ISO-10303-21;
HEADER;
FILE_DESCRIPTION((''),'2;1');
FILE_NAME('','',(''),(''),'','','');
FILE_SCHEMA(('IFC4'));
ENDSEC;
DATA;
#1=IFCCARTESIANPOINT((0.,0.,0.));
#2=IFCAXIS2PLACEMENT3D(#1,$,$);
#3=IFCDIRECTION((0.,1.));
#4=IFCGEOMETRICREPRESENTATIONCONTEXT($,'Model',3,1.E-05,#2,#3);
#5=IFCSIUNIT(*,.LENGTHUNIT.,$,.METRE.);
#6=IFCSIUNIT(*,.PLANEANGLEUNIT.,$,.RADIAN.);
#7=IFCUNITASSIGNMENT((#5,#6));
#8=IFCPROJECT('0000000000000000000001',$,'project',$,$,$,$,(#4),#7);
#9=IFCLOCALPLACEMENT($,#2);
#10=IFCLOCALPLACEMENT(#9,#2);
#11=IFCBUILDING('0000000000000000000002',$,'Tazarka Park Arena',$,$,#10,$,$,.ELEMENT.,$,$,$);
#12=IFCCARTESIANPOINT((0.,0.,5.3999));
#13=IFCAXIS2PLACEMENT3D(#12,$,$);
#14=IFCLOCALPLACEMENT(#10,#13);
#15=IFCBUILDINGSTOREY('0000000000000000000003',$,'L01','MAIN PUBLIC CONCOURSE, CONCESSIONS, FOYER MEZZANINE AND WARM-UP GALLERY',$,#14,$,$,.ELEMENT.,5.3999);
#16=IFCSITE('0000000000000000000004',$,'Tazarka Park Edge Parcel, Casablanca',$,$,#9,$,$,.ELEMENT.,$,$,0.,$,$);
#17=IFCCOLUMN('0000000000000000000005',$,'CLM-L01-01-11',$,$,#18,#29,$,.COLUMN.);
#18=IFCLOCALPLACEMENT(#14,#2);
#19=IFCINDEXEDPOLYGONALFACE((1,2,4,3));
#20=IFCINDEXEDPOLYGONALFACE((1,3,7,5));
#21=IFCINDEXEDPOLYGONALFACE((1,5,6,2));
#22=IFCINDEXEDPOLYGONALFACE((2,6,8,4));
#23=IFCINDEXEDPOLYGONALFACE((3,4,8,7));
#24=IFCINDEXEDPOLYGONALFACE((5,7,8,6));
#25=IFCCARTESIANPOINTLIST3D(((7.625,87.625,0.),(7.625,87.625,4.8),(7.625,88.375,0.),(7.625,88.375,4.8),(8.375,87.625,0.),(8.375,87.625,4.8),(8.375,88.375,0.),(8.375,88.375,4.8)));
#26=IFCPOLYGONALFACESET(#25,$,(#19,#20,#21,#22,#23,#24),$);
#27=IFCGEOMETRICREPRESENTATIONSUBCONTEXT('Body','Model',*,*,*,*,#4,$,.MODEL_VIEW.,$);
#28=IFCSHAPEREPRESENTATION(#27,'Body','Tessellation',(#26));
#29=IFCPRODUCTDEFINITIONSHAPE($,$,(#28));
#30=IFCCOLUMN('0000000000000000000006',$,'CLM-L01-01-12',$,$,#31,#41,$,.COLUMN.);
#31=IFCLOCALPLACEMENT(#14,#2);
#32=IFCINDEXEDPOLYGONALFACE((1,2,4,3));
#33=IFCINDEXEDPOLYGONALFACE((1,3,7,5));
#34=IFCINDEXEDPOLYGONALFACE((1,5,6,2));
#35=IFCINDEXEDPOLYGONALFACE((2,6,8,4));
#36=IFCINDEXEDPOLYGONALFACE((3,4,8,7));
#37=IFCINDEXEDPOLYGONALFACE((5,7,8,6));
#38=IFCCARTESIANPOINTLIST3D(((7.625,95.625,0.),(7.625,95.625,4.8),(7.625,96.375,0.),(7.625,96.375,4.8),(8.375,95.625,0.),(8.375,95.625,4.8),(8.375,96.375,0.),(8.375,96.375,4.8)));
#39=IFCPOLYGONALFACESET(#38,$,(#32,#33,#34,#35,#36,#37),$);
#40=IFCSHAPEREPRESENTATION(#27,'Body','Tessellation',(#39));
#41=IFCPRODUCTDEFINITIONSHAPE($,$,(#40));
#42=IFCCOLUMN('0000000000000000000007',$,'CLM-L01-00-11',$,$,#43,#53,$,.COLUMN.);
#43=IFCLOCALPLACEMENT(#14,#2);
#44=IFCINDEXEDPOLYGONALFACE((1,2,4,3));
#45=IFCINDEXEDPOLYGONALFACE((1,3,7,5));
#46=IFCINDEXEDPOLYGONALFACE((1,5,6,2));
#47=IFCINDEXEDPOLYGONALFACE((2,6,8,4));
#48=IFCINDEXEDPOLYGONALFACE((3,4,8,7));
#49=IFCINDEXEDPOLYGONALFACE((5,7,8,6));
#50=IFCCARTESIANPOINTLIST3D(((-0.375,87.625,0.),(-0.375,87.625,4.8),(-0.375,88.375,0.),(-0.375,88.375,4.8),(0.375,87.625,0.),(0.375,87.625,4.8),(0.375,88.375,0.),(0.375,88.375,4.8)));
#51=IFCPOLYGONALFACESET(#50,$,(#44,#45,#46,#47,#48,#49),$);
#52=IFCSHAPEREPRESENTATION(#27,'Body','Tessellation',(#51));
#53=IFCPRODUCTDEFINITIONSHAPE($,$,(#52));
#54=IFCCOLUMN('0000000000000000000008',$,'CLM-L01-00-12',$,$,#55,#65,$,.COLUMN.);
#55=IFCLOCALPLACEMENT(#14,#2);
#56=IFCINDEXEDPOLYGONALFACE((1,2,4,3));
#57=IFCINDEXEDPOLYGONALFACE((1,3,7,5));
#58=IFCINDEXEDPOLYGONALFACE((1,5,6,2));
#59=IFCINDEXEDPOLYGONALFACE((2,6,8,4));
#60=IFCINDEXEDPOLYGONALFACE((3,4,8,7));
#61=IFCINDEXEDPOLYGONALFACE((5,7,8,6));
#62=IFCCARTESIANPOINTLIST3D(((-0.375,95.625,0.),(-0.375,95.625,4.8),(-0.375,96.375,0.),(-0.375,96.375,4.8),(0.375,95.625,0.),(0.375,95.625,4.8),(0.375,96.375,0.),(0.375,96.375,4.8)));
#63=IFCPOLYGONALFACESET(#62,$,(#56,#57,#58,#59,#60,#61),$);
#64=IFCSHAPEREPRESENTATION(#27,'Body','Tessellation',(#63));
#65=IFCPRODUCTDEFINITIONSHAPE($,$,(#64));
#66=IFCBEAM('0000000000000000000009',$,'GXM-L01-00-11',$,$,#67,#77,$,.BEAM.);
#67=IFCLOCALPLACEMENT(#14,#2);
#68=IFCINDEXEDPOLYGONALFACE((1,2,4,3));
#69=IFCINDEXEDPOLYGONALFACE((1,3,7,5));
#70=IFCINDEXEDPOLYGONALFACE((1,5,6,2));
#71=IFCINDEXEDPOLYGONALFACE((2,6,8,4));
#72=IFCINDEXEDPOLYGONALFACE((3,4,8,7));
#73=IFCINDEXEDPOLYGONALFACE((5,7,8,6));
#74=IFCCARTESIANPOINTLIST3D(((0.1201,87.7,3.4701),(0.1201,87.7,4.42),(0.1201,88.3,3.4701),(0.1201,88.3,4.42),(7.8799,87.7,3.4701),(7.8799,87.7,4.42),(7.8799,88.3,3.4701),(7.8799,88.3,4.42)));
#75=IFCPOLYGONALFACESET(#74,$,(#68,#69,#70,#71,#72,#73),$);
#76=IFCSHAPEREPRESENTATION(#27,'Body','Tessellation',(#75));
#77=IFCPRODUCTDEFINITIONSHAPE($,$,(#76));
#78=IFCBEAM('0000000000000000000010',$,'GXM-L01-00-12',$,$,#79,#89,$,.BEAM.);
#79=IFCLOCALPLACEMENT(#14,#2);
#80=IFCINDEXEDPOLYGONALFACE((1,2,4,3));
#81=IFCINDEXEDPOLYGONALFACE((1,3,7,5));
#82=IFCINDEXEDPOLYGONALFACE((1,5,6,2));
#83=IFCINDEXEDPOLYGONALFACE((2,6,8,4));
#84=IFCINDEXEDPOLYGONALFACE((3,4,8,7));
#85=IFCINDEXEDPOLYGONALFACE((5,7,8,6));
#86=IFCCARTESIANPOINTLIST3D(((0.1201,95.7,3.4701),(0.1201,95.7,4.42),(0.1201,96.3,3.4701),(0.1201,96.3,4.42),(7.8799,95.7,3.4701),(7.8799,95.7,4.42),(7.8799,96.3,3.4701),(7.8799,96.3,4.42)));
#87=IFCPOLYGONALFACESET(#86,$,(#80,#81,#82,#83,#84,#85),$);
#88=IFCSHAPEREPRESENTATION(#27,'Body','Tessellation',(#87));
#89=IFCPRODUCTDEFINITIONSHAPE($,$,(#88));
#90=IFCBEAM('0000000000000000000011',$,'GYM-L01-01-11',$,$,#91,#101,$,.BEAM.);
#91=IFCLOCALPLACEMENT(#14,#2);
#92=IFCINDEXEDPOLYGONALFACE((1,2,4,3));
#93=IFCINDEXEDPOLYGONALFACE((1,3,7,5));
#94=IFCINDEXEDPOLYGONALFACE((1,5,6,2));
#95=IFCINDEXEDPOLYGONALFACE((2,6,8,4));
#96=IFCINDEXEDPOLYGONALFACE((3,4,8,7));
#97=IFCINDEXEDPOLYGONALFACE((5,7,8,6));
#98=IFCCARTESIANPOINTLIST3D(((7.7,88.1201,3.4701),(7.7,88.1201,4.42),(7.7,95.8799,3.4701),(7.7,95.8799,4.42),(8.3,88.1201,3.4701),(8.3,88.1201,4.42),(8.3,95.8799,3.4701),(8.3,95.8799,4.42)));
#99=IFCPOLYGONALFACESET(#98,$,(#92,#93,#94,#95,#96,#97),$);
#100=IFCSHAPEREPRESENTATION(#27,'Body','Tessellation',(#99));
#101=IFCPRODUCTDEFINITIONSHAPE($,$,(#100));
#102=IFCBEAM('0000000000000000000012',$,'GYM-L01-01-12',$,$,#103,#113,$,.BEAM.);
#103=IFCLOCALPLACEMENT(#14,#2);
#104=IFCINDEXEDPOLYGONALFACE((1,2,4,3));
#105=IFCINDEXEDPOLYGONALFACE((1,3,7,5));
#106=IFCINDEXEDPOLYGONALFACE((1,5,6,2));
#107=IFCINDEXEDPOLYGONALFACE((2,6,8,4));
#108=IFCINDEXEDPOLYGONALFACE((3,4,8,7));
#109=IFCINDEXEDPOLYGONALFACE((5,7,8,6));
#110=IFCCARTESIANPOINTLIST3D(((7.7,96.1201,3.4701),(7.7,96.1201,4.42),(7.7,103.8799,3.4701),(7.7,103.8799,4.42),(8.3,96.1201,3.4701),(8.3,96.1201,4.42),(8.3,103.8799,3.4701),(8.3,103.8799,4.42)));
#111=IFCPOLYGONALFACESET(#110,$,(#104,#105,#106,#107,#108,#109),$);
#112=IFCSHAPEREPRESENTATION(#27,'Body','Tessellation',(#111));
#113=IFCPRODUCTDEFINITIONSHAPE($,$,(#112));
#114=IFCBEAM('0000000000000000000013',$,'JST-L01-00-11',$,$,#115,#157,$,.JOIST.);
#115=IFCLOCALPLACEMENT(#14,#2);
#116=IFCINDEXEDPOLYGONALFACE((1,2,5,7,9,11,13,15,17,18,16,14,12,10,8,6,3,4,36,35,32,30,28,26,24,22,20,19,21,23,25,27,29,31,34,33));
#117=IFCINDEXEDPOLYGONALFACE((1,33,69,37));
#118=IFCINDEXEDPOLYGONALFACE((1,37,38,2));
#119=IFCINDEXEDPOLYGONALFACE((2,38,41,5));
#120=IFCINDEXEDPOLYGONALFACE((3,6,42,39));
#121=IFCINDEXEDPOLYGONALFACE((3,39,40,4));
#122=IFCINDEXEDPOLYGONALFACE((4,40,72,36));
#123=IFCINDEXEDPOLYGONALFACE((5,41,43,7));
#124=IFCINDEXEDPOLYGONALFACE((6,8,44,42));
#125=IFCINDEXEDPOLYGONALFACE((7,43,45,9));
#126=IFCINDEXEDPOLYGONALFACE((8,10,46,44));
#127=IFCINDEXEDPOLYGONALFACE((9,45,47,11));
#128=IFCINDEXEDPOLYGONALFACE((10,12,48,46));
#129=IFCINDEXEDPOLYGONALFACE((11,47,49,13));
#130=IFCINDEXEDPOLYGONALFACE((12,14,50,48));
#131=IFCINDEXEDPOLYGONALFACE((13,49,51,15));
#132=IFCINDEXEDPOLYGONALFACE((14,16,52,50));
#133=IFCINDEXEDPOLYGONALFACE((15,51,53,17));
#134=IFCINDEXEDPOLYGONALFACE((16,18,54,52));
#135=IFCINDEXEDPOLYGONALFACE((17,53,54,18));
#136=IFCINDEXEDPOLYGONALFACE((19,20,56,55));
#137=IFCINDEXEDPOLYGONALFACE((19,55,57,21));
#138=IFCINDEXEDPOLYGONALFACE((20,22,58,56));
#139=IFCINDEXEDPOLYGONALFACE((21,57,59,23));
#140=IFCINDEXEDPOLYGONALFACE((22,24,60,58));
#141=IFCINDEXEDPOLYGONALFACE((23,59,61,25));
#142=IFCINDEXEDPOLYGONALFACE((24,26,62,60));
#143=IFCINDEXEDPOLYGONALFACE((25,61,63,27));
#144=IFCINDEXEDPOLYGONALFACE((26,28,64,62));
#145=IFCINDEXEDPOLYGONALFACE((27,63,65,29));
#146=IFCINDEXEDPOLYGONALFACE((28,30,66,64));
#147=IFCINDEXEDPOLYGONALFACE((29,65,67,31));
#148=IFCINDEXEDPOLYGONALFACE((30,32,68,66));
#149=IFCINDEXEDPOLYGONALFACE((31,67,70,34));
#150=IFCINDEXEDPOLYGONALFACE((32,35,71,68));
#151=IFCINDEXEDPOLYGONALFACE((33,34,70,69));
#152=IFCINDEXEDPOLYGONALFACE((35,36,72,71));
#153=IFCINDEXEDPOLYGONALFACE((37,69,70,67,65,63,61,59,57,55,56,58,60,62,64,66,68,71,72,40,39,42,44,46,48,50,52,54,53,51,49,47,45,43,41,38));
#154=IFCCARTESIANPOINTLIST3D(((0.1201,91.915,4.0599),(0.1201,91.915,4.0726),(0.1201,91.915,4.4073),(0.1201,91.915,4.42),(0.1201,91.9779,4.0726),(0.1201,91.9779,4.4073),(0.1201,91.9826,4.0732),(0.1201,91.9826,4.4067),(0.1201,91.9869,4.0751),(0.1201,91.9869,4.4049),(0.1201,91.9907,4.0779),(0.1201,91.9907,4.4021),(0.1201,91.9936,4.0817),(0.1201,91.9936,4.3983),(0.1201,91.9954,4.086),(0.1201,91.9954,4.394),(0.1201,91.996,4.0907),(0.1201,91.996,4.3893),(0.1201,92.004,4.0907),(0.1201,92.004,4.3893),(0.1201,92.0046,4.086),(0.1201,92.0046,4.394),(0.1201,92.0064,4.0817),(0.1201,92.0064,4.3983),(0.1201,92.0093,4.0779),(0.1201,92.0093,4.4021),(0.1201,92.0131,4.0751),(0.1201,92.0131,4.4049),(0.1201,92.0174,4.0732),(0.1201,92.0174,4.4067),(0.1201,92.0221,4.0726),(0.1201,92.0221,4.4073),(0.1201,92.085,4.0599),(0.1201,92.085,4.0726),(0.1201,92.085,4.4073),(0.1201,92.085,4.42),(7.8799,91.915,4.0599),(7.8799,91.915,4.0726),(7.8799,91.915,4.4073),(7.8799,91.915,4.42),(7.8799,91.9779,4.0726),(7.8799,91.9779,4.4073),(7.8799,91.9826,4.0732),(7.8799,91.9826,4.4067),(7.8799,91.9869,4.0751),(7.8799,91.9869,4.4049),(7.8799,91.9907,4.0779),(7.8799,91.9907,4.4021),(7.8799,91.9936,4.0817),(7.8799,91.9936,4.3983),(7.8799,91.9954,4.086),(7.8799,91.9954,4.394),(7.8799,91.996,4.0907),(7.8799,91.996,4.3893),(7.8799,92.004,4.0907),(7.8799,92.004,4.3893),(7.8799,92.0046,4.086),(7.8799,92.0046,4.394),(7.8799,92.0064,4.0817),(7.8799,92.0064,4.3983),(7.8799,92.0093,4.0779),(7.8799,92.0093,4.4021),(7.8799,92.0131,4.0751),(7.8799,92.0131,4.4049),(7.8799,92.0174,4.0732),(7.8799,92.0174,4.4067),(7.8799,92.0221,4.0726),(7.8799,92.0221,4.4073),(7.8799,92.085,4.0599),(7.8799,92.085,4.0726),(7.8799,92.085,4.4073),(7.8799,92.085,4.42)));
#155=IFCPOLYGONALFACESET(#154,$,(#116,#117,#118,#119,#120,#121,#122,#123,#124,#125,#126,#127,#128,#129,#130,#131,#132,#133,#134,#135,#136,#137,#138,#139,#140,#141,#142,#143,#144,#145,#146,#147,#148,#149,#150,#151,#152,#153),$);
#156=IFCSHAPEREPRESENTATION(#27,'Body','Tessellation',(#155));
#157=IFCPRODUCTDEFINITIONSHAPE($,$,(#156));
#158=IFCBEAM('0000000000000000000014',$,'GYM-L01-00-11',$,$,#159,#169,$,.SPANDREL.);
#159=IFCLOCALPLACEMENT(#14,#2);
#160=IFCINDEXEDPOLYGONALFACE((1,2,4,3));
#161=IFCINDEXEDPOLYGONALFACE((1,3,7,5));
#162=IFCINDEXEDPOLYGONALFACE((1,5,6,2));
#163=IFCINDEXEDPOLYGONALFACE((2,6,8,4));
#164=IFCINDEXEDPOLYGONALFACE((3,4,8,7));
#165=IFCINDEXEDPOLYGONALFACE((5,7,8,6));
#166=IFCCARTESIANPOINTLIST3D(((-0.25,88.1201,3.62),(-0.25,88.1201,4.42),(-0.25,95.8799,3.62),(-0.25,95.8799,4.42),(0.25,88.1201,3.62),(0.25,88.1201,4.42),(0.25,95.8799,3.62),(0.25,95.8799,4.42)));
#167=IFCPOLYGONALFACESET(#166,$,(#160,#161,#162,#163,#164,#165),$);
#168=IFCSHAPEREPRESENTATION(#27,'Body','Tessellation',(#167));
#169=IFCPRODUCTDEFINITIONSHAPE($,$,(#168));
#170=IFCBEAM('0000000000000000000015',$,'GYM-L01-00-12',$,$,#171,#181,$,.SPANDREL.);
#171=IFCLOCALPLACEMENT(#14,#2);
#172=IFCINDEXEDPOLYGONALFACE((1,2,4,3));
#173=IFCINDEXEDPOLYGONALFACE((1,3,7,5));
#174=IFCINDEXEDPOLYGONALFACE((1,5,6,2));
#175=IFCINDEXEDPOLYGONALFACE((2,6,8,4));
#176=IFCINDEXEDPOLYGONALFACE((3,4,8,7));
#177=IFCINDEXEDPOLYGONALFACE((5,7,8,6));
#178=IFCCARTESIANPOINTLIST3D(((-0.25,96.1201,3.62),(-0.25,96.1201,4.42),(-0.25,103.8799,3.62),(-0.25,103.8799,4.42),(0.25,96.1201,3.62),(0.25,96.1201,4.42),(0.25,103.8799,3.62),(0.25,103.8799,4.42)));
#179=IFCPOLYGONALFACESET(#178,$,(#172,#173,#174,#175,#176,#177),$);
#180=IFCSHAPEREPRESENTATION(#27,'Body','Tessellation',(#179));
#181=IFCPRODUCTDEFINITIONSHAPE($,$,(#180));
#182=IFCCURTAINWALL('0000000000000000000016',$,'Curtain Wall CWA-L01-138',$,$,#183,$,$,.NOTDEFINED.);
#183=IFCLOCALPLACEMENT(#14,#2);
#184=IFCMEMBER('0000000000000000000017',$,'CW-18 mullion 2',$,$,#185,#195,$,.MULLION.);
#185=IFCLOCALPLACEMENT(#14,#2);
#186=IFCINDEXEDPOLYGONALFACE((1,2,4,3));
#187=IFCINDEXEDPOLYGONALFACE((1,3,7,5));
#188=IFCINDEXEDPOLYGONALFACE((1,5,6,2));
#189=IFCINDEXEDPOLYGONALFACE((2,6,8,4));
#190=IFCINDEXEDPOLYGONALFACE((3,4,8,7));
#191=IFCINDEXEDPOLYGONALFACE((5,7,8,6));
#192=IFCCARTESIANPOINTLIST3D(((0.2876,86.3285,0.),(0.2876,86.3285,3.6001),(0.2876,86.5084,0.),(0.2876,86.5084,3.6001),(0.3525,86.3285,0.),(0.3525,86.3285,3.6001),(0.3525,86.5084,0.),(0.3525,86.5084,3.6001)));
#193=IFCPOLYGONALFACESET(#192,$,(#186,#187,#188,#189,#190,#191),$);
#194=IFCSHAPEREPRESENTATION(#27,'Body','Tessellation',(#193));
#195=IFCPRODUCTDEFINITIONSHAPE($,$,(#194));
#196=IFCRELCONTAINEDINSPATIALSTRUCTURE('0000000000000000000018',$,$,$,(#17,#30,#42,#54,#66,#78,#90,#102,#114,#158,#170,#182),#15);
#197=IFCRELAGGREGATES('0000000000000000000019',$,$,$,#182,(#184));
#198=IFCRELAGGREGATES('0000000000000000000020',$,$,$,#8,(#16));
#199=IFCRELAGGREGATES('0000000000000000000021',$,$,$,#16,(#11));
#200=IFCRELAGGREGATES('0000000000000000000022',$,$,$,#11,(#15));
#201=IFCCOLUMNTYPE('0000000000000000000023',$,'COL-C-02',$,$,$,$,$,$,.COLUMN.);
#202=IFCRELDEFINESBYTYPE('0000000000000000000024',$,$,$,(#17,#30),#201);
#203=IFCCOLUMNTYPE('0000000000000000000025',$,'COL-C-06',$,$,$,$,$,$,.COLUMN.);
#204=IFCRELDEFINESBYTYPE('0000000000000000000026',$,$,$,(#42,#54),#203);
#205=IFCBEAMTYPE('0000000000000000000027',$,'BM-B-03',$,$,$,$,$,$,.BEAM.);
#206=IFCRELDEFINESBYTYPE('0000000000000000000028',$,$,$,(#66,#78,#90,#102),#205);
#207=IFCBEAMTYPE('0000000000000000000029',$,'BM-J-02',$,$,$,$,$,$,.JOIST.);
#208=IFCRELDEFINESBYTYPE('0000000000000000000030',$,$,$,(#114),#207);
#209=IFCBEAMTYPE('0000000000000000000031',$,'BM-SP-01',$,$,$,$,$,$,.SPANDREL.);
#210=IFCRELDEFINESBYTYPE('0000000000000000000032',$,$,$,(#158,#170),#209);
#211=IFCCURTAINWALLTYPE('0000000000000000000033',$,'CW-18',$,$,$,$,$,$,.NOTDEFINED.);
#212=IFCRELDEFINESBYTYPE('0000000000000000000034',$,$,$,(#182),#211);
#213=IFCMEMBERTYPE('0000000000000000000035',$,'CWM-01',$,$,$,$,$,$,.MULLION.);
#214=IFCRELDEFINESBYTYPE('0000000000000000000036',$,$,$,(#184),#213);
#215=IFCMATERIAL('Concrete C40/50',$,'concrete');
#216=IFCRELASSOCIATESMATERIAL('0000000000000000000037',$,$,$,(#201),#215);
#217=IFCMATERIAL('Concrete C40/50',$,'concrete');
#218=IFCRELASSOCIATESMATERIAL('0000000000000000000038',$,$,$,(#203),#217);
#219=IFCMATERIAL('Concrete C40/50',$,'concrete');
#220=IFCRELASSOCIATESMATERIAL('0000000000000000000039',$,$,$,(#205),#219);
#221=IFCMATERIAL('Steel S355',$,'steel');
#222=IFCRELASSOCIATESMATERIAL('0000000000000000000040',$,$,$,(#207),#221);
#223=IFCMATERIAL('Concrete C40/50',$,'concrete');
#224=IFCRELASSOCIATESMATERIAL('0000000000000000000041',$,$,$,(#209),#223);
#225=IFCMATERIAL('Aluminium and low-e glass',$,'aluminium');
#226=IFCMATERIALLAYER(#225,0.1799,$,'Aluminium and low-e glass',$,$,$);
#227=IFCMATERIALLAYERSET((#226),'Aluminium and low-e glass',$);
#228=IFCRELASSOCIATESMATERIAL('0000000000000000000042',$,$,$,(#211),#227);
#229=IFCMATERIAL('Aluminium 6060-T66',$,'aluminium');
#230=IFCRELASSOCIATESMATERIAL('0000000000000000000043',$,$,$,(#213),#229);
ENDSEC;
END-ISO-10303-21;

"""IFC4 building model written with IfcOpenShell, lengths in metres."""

from ifc_helpers import new_model, si_unit, direction, frame, origin, origin_2d, place, context, subcontext, project, spatial, rectangle, i_section, extrude, material, layer, layer_set, material_profile, profile_set, type_object, element, aggregate, save


model = new_model("IFC4")

# Units and contexts
model_context = context("Model", 3, precision=1e-05, world=origin(), true_north=direction((0.0, 1.0)))
body_context = subcontext(model_context, "Body", "Model", "MODEL_VIEW")
ifc_project = project(units=[si_unit("LENGTHUNIT", "METRE"), si_unit("PLANEANGLEUNIT", "RADIAN")], contexts=[model_context])

# Site, building, storey
site_placement = place(None, origin())
site = spatial("IfcSite", under=ifc_project, at=site_placement, Name="Tazarka Park Edge Parcel, Casablanca", CompositionType="ELEMENT", RefElevation=0.0)
building_placement = place(site_placement, origin())
building = spatial("IfcBuilding", under=site, at=building_placement, Name="Tazarka Park Arena", CompositionType="ELEMENT")
storey_placement = place(building_placement, frame((0.0, 0.0, 5.3999)))
storey = spatial("IfcBuildingStorey", under=building, at=storey_placement, Name="L01", Description="MAIN PUBLIC CONCOURSE, CONCESSIONS, FOYER MEZZANINE AND WARM-UP GALLERY", CompositionType="ELEMENT", Elevation=5.3999)

# Columns
ifc_material_1 = material(Name="Concrete C40/50", Category="concrete")
ifc_material_profile_1 = material_profile(ifc_material_1, rectangle(XDim=0.75, YDim=0.75, at=origin_2d()), Name="Concrete C40/50")
ifc_profile_set_1 = profile_set([ifc_material_profile_1], Name="Concrete C40/50")
column_type_1 = type_object("IfcColumnType", Name="COL-C-02", PredefinedType="COLUMN", material=ifc_profile_set_1)
for number, where, z_axis, x_axis, name in (
    (1, (8.0, 88.0, 0.0), (0.0, 0.0, 1.0), (1.0, 0.0, 0.0), "CLM-L01-01-11"),
    (2, (8.0, 96.0, 0.0), (0.0, 0.0, 1.0), (1.0, 0.0, 0.0), "CLM-L01-01-12"),
):
    element("IfcColumn", number, at=place(storey_placement, frame(where, z_axis=z_axis, x_axis=x_axis)), inside=storey, type_object=column_type_1, Name=name, PredefinedType="COLUMN", context=body_context, shape_type="SweptSolid", body=[
        extrude(rectangle(XDim=0.75, YDim=0.75, at=origin_2d()), origin(), (0.0, 0.0, 1.0), 4.8),
    ])
ifc_material_2 = material(Name="Concrete C40/50", Category="concrete")
ifc_material_profile_2 = material_profile(ifc_material_2, rectangle(XDim=0.75, YDim=0.75, at=origin_2d()), Name="Concrete C40/50")
ifc_profile_set_2 = profile_set([ifc_material_profile_2], Name="Concrete C40/50")
column_type_2 = type_object("IfcColumnType", Name="COL-C-06", PredefinedType="COLUMN", material=ifc_profile_set_2)
for number, where, z_axis, x_axis, name in (
    (3, (0.0, 88.0, 0.0), (0.0, 0.0, 1.0), (1.0, 0.0, 0.0), "CLM-L01-00-11"),
    (4, (0.0, 96.0, 0.0), (0.0, 0.0, 1.0), (1.0, 0.0, 0.0), "CLM-L01-00-12"),
):
    element("IfcColumn", number, at=place(storey_placement, frame(where, z_axis=z_axis, x_axis=x_axis)), inside=storey, type_object=column_type_2, Name=name, PredefinedType="COLUMN", context=body_context, shape_type="SweptSolid", body=[
        extrude(rectangle(XDim=0.75, YDim=0.75, at=origin_2d()), origin(), (0.0, 0.0, 1.0), 4.8),
    ])

# Beams
ifc_material_3 = material(Name="Concrete C40/50", Category="concrete")
ifc_material_profile_3 = material_profile(ifc_material_3, rectangle(XDim=0.6001, YDim=0.95, at=origin_2d()), Name="Concrete C40/50")
ifc_profile_set_3 = profile_set([ifc_material_profile_3], Name="Concrete C40/50")
beam_type_1 = type_object("IfcBeamType", Name="BM-B-03", PredefinedType="BEAM", material=ifc_profile_set_3)
for number, where, z_axis, x_axis, name in (
    (5, (0.1201, 88.0, 3.9451), (1.0, 0.0, 0.0), (0.0, 1.0, 0.0), "GXM-L01-00-11"),
    (6, (0.1201, 96.0, 3.9451), (1.0, 0.0, 0.0), (0.0, 1.0, 0.0), "GXM-L01-00-12"),
    (7, (8.0, 88.1201, 3.9451), (0.0, 1.0, 0.0), (-1.0, 0.0, 0.0), "GYM-L01-01-11"),
    (8, (8.0, 96.1201, 3.9451), (0.0, 1.0, 0.0), (-1.0, 0.0, 0.0), "GYM-L01-01-12"),
):
    element("IfcBeam", number, at=place(storey_placement, frame(where, z_axis=z_axis, x_axis=x_axis)), inside=storey, type_object=beam_type_1, Name=name, PredefinedType="BEAM", context=body_context, shape_type="SweptSolid", body=[
        extrude(rectangle(XDim=0.6001, YDim=0.95, at=origin_2d()), origin(), (0.0, 0.0, 1.0), 7.7598),
    ])
ifc_material_4 = material(Name="Steel S355", Category="steel")
ifc_material_profile_4 = material_profile(ifc_material_4, i_section(OverallWidth=0.1699, OverallDepth=0.3601, WebThickness=0.0081, FlangeThickness=0.0127, FilletRadius=0.0181, at=origin_2d()), Name="Steel S355")
ifc_profile_set_4 = profile_set([ifc_material_profile_4], Name="Steel S355")
beam_type_2 = type_object("IfcBeamType", Name="BM-J-02", PredefinedType="JOIST", material=ifc_profile_set_4)
beam_placement = place(storey_placement, frame((0.1201, 92.0, 4.24), z_axis=(1.0, 0.0, 0.0), x_axis=(0.0, 1.0, 0.0)))
element("IfcBeam", 9, at=beam_placement, inside=storey, type_object=beam_type_2, Name="JST-L01-00-11", PredefinedType="JOIST", context=body_context, shape_type="SweptSolid", body=[
    extrude(i_section(OverallWidth=0.1699, OverallDepth=0.3601, WebThickness=0.0081, FlangeThickness=0.0127, FilletRadius=0.0181, at=origin_2d()), origin(), (0.0, 0.0, 1.0), 7.7598),
])
ifc_material_5 = material(Name="Concrete C40/50", Category="concrete")
ifc_material_profile_5 = material_profile(ifc_material_5, rectangle(XDim=0.5, YDim=0.8, at=origin_2d()), Name="Concrete C40/50")
ifc_profile_set_5 = profile_set([ifc_material_profile_5], Name="Concrete C40/50")
beam_type_3 = type_object("IfcBeamType", Name="BM-SP-01", PredefinedType="SPANDREL", material=ifc_profile_set_5)
for number, where, z_axis, x_axis, name in (
    (10, (0.0, 88.1201, 4.02), (0.0, 1.0, 0.0), (-1.0, 0.0, 0.0), "GYM-L01-00-11"),
    (11, (0.0, 96.1201, 4.02), (0.0, 1.0, 0.0), (-1.0, 0.0, 0.0), "GYM-L01-00-12"),
):
    element("IfcBeam", number, at=place(storey_placement, frame(where, z_axis=z_axis, x_axis=x_axis)), inside=storey, type_object=beam_type_3, Name=name, PredefinedType="SPANDREL", context=body_context, shape_type="SweptSolid", body=[
        extrude(rectangle(XDim=0.5, YDim=0.8, at=origin_2d()), origin(), (0.0, 0.0, 1.0), 7.7598),
    ])

# Curtain wall, member
ifc_material_6 = material(Name="Aluminium and low-e glass", Category="aluminium")
ifc_layer_1 = layer(ifc_material_6, 0.1799, Name="Aluminium and low-e glass")
ifc_layer_set_1 = layer_set([ifc_layer_1], Name="Aluminium and low-e glass")
curtain_wall_type = type_object("IfcCurtainWallType", Name="CW-18", PredefinedType="NOTDEFINED", material=ifc_layer_set_1)
curtain_wall_placement = place(storey_placement, origin())
curtain_wall = element("IfcCurtainWall", 12, at=curtain_wall_placement, inside=storey, type_object=curtain_wall_type, Name="Curtain Wall CWA-L01-138", PredefinedType="NOTDEFINED")
ifc_material_7 = material(Name="Aluminium 6060-T66", Category="aluminium")
ifc_material_profile_6 = material_profile(ifc_material_7, rectangle(XDim=0.0649, YDim=0.1799, at=origin_2d()), Name="Aluminium 6060-T66")
ifc_profile_set_6 = profile_set([ifc_material_profile_6], Name="Aluminium 6060-T66")
member_type_1 = type_object("IfcMemberType", Name="CWM-01", PredefinedType="MULLION", material=ifc_profile_set_6)
member_1_placement = place(storey_placement, frame((0.3201, 86.4185, 0.0), z_axis=(0.0, 0.0, 1.0), x_axis=(-1.0, 0.0, 0.0)))
member_1 = element("IfcMember", 13, at=member_1_placement, type_object=member_type_1, Name="CW-18 mullion 2", PredefinedType="MULLION", context=body_context, shape_type="SweptSolid", body=[
    extrude(rectangle(XDim=0.0649, YDim=0.1799, at=origin_2d()), origin(), (0.0, 0.0, 1.0), 3.6001),
])

aggregate(curtain_wall, [member_1])

save(model, "model.ifc")
